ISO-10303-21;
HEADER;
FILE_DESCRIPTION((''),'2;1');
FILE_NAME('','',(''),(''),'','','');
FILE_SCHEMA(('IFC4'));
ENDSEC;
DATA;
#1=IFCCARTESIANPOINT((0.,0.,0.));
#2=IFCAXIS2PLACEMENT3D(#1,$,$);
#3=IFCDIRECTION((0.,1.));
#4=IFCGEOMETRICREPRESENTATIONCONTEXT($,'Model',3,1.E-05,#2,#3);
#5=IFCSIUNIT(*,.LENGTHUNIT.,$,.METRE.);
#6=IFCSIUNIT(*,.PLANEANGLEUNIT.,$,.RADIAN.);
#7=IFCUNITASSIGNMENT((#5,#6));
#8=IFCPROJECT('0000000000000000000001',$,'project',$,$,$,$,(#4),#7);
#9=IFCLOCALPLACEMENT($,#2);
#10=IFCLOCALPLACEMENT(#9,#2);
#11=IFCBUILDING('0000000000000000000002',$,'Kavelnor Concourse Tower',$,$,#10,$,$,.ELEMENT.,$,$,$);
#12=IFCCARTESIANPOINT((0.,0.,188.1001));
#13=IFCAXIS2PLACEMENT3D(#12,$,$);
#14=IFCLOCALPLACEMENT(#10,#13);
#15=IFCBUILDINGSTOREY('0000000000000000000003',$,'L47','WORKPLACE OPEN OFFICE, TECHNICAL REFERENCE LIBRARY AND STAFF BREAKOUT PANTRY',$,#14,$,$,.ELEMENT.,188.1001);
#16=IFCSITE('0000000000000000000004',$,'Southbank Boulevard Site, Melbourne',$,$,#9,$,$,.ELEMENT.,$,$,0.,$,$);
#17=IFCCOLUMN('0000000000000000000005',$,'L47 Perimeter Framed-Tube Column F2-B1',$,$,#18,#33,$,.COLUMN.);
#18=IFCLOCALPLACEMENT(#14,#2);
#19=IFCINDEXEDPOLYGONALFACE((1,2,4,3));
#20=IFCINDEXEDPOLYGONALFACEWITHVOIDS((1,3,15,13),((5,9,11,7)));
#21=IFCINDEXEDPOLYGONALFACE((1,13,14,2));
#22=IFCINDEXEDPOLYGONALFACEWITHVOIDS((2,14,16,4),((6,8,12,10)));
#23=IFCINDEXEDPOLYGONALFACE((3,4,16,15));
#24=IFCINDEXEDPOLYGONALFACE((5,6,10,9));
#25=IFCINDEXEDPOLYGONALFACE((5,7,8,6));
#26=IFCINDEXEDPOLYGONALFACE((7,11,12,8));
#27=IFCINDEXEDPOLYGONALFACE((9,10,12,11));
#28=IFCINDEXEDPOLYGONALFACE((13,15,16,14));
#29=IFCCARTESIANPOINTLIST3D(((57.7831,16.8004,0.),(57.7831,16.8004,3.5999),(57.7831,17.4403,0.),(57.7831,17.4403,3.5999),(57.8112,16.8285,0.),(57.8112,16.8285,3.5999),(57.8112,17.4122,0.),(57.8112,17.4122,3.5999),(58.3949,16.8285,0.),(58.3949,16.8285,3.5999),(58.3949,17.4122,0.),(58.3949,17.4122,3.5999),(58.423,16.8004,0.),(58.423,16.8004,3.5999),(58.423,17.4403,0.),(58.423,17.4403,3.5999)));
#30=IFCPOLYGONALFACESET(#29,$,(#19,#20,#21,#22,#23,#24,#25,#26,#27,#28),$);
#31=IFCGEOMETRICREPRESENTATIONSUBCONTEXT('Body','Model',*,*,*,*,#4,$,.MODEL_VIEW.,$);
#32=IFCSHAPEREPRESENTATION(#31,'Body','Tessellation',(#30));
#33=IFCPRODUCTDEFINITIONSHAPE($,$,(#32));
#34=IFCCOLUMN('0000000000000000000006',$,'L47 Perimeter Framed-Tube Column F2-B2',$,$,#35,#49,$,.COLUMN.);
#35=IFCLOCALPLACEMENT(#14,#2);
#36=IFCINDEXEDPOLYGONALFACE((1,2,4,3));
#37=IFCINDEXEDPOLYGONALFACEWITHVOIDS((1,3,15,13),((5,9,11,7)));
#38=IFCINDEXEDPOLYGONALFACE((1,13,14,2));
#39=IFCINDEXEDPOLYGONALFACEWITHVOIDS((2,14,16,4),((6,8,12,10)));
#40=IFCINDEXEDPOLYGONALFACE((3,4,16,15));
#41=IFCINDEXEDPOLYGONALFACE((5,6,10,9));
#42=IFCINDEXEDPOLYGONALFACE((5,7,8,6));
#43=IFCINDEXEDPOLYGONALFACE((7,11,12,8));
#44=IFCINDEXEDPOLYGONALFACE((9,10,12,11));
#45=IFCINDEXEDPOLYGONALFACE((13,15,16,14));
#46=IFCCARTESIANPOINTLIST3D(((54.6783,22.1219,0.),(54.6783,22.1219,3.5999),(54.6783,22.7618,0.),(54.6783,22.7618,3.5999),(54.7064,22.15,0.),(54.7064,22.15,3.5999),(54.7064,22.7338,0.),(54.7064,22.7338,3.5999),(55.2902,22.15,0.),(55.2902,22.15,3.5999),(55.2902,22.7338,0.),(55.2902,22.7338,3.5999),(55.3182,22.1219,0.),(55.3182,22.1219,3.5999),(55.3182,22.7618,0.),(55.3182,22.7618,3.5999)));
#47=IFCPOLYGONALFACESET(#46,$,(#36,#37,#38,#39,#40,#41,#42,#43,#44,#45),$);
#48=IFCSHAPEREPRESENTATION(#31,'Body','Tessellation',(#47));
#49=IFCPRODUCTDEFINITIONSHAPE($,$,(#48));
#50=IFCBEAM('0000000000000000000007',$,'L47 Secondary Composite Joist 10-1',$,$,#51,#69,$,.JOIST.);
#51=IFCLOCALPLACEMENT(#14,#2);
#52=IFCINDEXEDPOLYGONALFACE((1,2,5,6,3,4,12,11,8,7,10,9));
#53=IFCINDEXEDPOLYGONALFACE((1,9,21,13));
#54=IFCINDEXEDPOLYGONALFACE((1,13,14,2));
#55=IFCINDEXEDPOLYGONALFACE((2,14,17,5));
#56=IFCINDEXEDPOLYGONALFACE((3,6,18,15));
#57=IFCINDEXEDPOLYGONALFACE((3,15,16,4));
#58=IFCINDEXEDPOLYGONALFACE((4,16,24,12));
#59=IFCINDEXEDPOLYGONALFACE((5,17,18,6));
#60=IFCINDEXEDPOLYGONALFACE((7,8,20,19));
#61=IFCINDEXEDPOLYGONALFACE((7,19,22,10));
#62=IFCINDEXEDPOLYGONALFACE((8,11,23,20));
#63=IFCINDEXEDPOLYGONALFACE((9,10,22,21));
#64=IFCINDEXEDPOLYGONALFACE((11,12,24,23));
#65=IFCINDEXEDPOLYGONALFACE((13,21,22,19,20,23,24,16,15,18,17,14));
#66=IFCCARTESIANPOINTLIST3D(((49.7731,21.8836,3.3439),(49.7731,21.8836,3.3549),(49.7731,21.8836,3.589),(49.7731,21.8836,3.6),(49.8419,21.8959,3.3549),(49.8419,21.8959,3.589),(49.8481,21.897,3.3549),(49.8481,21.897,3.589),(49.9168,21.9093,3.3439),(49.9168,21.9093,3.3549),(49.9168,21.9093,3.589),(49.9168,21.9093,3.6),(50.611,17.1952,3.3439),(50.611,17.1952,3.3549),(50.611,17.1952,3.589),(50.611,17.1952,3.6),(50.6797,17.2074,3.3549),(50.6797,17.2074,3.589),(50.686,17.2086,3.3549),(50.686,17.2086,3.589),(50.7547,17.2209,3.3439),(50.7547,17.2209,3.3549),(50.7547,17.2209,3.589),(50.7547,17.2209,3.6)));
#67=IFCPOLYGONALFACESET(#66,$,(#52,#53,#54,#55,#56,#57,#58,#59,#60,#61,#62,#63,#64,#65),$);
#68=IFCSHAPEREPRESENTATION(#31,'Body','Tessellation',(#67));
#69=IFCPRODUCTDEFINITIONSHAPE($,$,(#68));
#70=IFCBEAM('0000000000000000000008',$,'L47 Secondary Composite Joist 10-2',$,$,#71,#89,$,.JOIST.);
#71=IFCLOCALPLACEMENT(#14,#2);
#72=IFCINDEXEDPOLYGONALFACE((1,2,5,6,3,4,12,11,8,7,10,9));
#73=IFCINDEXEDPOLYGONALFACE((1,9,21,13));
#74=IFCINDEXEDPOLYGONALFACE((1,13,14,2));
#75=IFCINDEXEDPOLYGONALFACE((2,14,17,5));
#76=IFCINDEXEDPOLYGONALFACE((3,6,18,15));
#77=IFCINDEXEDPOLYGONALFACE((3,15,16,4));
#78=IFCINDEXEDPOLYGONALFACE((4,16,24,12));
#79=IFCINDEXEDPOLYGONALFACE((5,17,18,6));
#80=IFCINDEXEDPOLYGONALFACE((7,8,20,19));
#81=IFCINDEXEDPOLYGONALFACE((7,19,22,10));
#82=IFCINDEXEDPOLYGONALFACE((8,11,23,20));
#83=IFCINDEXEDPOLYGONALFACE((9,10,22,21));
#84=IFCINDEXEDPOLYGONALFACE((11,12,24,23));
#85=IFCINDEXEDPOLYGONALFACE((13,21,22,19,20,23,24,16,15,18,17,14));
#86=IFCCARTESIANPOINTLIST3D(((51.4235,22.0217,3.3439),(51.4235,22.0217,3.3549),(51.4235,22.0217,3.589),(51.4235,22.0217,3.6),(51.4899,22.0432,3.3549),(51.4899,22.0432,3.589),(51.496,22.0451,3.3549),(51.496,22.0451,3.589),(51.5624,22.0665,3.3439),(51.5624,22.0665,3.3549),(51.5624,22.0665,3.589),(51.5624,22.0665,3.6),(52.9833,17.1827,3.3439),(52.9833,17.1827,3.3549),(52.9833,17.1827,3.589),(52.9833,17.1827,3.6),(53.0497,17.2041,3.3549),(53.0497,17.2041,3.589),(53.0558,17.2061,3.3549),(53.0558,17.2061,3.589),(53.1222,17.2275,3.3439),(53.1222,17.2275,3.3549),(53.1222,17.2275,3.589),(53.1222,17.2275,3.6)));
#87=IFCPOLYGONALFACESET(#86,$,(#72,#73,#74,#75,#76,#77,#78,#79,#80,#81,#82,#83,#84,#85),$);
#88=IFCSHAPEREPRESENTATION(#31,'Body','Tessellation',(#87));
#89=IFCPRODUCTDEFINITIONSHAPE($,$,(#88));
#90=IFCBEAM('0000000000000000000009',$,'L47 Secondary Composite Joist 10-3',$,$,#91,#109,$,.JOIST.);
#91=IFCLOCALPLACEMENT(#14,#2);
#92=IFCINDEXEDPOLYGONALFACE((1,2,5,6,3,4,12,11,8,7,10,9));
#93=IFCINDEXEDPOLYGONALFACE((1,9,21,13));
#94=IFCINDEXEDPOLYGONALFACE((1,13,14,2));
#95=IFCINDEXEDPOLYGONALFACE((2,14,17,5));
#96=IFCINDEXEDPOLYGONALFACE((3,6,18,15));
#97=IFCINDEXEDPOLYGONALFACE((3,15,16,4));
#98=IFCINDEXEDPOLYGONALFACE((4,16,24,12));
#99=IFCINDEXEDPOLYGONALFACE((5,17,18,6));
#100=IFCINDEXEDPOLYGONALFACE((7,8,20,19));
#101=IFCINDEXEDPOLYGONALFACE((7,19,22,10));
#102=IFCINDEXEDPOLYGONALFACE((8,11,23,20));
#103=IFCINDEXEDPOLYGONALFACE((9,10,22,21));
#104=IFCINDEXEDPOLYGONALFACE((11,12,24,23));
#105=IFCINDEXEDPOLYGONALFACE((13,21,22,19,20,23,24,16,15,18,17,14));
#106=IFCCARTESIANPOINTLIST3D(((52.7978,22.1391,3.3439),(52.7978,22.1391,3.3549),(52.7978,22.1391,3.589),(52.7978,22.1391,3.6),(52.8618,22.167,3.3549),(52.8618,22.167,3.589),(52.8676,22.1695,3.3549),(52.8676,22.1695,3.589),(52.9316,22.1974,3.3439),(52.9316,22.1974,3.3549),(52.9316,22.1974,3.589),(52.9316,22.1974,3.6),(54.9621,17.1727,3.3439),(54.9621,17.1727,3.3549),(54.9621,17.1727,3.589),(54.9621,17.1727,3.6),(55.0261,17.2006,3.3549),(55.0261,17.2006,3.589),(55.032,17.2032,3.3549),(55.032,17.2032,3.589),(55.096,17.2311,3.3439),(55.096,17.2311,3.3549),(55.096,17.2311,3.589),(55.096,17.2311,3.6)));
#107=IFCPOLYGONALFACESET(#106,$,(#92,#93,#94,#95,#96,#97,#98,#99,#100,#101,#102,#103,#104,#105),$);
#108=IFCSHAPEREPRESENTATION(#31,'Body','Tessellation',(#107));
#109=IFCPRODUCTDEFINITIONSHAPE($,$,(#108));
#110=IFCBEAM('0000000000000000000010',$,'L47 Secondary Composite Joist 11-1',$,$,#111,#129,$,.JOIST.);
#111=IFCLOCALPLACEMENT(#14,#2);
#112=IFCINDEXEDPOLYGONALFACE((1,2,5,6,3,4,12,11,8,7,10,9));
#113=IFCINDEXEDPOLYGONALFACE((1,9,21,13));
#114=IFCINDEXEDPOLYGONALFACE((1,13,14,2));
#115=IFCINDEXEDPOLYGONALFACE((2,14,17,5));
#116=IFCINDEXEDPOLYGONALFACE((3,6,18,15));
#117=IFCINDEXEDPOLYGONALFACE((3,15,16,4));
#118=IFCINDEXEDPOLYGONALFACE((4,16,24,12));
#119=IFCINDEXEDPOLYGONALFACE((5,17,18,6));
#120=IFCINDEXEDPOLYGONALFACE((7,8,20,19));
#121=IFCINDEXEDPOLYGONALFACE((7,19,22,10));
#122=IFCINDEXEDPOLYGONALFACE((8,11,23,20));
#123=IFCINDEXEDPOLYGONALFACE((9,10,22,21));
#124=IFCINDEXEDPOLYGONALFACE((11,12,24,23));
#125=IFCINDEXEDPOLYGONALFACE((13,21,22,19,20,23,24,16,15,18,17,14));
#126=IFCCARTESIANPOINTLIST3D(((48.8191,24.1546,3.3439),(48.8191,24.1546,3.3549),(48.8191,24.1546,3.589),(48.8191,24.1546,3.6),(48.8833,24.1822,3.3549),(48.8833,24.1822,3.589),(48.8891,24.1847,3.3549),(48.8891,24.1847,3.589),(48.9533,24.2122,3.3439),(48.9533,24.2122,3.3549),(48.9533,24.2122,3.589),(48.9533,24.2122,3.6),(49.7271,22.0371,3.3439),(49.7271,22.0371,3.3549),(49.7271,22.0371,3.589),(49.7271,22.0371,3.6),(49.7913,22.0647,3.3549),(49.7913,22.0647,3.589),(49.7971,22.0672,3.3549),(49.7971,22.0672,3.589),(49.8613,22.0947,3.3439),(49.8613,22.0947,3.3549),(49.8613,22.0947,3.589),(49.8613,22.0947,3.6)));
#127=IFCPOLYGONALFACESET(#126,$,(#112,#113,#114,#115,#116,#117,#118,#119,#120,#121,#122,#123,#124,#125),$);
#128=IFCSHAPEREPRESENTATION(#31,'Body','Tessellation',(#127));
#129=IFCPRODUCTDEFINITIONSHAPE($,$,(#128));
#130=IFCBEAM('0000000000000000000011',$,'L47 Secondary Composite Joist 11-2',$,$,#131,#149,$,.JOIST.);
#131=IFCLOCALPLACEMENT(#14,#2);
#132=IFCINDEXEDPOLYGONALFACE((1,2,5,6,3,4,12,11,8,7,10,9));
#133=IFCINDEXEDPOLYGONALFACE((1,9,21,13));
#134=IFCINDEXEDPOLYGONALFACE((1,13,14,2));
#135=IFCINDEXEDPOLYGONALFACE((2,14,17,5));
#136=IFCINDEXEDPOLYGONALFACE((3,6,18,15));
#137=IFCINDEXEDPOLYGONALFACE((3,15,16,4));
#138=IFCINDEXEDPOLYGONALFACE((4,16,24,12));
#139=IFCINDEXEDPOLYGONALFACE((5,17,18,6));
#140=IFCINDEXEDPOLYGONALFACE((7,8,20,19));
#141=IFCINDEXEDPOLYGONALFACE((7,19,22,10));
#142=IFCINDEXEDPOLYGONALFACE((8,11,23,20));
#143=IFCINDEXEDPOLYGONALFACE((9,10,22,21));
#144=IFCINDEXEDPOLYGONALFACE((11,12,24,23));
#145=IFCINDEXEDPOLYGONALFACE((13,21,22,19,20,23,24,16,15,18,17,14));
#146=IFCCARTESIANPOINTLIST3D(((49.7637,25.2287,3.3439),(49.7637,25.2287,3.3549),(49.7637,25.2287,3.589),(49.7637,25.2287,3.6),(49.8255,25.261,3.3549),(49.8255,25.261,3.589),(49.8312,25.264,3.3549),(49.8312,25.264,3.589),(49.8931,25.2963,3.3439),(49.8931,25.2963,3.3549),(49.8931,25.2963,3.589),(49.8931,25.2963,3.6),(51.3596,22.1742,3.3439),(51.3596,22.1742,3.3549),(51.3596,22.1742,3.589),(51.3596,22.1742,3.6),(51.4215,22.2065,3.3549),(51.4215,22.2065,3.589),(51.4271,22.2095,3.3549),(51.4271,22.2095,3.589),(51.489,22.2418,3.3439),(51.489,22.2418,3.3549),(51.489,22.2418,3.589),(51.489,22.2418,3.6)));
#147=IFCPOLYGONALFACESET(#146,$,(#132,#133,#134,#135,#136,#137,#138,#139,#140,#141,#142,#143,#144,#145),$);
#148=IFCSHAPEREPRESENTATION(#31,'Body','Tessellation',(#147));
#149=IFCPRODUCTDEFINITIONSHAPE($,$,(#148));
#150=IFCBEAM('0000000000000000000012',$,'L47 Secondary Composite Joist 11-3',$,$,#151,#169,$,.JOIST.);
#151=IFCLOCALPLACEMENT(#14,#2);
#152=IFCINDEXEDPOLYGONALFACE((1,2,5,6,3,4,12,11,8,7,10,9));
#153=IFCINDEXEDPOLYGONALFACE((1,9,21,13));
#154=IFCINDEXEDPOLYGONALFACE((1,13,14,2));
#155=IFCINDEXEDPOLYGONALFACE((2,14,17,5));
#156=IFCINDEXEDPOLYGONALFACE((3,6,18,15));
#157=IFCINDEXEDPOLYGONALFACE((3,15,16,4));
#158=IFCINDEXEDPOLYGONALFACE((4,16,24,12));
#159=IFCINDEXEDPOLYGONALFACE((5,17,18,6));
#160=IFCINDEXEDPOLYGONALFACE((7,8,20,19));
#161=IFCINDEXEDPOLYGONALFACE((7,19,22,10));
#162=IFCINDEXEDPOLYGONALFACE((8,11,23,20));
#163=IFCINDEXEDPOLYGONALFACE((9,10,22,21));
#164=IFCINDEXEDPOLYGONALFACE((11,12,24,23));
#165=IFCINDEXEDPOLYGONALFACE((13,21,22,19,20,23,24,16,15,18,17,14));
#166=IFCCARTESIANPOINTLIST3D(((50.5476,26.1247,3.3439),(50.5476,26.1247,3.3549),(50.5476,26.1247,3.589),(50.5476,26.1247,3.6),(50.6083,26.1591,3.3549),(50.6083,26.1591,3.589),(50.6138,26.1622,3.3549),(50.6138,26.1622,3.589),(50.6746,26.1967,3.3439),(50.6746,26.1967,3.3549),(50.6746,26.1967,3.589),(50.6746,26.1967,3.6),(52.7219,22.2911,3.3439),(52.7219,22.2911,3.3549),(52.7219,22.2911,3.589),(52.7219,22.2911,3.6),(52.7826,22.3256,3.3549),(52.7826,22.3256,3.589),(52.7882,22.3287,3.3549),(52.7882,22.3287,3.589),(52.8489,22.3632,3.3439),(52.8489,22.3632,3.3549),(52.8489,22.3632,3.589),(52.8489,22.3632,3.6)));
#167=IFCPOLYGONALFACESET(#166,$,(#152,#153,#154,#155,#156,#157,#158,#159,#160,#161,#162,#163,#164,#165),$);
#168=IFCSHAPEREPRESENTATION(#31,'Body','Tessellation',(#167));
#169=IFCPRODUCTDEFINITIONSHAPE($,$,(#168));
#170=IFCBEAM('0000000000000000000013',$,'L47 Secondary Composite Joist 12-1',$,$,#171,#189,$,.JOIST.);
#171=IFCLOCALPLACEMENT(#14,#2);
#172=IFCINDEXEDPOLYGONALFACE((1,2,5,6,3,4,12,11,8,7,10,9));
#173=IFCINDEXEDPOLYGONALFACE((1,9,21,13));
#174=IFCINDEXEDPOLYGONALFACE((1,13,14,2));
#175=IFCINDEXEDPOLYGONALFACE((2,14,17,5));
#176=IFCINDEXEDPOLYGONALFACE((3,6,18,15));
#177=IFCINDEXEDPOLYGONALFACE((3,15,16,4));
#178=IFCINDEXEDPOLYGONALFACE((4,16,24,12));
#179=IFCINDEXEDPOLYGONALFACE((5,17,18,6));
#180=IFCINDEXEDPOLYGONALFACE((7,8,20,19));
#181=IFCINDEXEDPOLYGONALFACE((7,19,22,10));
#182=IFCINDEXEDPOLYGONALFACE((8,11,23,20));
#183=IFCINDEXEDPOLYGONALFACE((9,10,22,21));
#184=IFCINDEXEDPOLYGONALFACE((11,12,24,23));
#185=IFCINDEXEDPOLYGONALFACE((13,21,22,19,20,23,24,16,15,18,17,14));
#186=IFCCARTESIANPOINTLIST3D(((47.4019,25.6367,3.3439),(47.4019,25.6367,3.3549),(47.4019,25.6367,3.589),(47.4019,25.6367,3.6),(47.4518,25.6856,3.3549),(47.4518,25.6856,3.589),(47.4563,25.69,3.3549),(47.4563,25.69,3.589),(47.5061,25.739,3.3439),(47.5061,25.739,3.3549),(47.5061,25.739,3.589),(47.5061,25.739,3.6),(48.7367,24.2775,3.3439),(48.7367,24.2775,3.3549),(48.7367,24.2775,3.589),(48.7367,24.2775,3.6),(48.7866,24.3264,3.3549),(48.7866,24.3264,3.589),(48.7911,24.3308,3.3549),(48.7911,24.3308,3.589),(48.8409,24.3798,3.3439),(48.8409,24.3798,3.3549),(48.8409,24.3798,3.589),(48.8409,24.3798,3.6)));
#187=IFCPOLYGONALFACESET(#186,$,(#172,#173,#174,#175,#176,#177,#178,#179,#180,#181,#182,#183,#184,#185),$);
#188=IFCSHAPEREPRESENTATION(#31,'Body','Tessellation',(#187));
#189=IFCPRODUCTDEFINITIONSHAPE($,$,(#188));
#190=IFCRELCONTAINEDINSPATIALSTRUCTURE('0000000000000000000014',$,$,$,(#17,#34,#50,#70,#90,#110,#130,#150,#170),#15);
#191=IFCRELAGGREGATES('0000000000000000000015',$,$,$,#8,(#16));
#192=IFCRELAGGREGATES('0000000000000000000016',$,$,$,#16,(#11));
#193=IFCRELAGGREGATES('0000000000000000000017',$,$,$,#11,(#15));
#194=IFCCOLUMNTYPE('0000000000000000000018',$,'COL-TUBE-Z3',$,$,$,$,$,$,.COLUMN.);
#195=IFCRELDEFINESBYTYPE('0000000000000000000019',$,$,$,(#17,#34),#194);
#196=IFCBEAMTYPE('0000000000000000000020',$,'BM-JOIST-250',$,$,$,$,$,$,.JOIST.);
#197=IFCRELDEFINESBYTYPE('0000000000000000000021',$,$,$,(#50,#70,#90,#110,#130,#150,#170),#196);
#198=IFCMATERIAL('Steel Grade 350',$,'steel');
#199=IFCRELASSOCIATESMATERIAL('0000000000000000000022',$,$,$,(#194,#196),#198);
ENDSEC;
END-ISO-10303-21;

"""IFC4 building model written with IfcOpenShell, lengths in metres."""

from ifc_helpers import new_model, si_unit, direction, frame, origin, origin_2d, place, context, subcontext, project, spatial, hollow_rectangle, i_section, extrude, material, material_profile, profile_set, type_object, element, save


model = new_model("IFC4")

# Units and contexts
model_context = context("Model", 3, precision=1e-05, world=origin(), true_north=direction((0.0, 1.0)))
body_context = subcontext(model_context, "Body", "Model", "MODEL_VIEW")
ifc_project = project(units=[si_unit("LENGTHUNIT", "METRE"), si_unit("PLANEANGLEUNIT", "RADIAN")], contexts=[model_context])

# Site, building, storey
site_placement = place(None, origin())
site = spatial("IfcSite", under=ifc_project, at=site_placement, Name="Southbank Boulevard Site, Melbourne", CompositionType="ELEMENT", RefElevation=0.0)
building_placement = place(site_placement, origin())
building = spatial("IfcBuilding", under=site, at=building_placement, Name="Kavelnor Concourse Tower", CompositionType="ELEMENT")
storey_placement = place(building_placement, frame((0.0, 0.0, 188.1001)))
storey = spatial("IfcBuildingStorey", under=building, at=storey_placement, Name="L47", Description="WORKPLACE OPEN OFFICE, TECHNICAL REFERENCE LIBRARY AND STAFF BREAKOUT PANTRY", CompositionType="ELEMENT", Elevation=188.1001)

# Columns
ifc_material_1 = material(Name="Steel Grade 350", Category="steel")
ifc_material_profile_1 = material_profile(ifc_material_1, hollow_rectangle(XDim=0.6399, YDim=0.6399, WallThickness=0.0281, at=origin_2d()), Name="SHS 640x640x28")
ifc_profile_set_1 = profile_set([ifc_material_profile_1], Name="Steel Grade 350")
column_type = type_object("IfcColumnType", Name="COL-TUBE-Z3", PredefinedType="COLUMN", material=ifc_profile_set_1)
for number, where, z_axis, x_axis, name in (
    (1, (58.103, 17.1204, 0.0), (0.0, 0.0, 1.0), (1.0, 0.0, 0.0), "L47 Perimeter Framed-Tube Column F2-B1"),
    (2, (54.9983, 22.4419, 0.0), (0.0, 0.0, 1.0), (1.0, 0.0, 0.0), "L47 Perimeter Framed-Tube Column F2-B2"),
):
    element("IfcColumn", number, at=place(storey_placement, frame(where, z_axis=z_axis, x_axis=x_axis)), inside=storey, type_object=column_type, Name=name, PredefinedType="COLUMN", context=body_context, shape_type="SweptSolid", body=[
        extrude(hollow_rectangle(XDim=0.6399, YDim=0.6399, WallThickness=0.0281, at=origin_2d()), origin(), (0.0, 0.0, 1.0), 3.5999),
    ])

# Beams
ifc_material_profile_2 = material_profile(ifc_material_1, i_section(OverallWidth=0.146, OverallDepth=0.2561, WebThickness=0.0063, FlangeThickness=0.011, at=origin_2d()), Name="250UB37")
ifc_profile_set_2 = profile_set([ifc_material_profile_2], Name="Steel Grade 350")
beam_type_1 = type_object("IfcBeamType", Name="BM-JOIST-250", PredefinedType="JOIST", material=ifc_profile_set_2)
beam_1_placement = place(storey_placement, frame((50.6829, 17.208, 3.4719), z_axis=(-0.175925, 0.984403, 0.0), x_axis=(-0.984403, -0.175925, 0.0)))
element("IfcBeam", 3, at=beam_1_placement, inside=storey, type_object=beam_type_1, Name="L47 Secondary Composite Joist 10-1", PredefinedType="JOIST", context=body_context, shape_type="SweptSolid", body=[
    extrude(i_section(OverallWidth=0.146, OverallDepth=0.2561, WebThickness=0.0063, FlangeThickness=0.011, at=origin_2d()), origin(), (0.0, 0.0, 1.0), 4.7627),
])
beam_2_placement = place(storey_placement, frame((53.0527, 17.2051, 3.4719), z_axis=(-0.306791, 0.951777, 0.0), x_axis=(-0.951777, -0.306791, 0.0)))
element("IfcBeam", 4, at=beam_2_placement, inside=storey, type_object=beam_type_1, Name="L47 Secondary Composite Joist 10-2", PredefinedType="JOIST", context=body_context, shape_type="SweptSolid", body=[
    extrude(i_section(OverallWidth=0.146, OverallDepth=0.2561, WebThickness=0.0063, FlangeThickness=0.011, at=origin_2d()), origin(), (0.0, 0.0, 1.0), 5.0842),
])
beam_3_placement = place(storey_placement, frame((55.0291, 17.2019, 3.4719), z_axis=(-0.399509, 0.916729, 0.0), x_axis=(-0.916729, -0.399509, 0.0)))
element("IfcBeam", 5, at=beam_3_placement, inside=storey, type_object=beam_type_1, Name="L47 Secondary Composite Joist 10-3", PredefinedType="JOIST", context=body_context, shape_type="SweptSolid", body=[
    extrude(i_section(OverallWidth=0.146, OverallDepth=0.2561, WebThickness=0.0063, FlangeThickness=0.011, at=origin_2d()), origin(), (0.0, 0.0, 1.0), 5.4175),
])
beam_4_placement = place(storey_placement, frame((49.7942, 22.0659, 3.4719), z_axis=(-0.394098, 0.919068, 0.0), x_axis=(-0.919068, -0.394098, 0.0)))
element("IfcBeam", 6, at=beam_4_placement, inside=storey, type_object=beam_type_1, Name="L47 Secondary Composite Joist 11-1", PredefinedType="JOIST", context=body_context, shape_type="SweptSolid", body=[
    extrude(i_section(OverallWidth=0.146, OverallDepth=0.2561, WebThickness=0.0063, FlangeThickness=0.011, at=origin_2d()), origin(), (0.0, 0.0, 1.0), 2.304),
])
beam_5_placement = place(storey_placement, frame((51.4243, 22.208, 3.4719), z_axis=(-0.463096, 0.886308, 0.0), x_axis=(-0.886308, -0.463096, 0.0)))
element("IfcBeam", 7, at=beam_5_placement, inside=storey, type_object=beam_type_1, Name="L47 Secondary Composite Joist 11-2", PredefinedType="JOIST", context=body_context, shape_type="SweptSolid", body=[
    extrude(i_section(OverallWidth=0.146, OverallDepth=0.2561, WebThickness=0.0063, FlangeThickness=0.011, at=origin_2d()), origin(), (0.0, 0.0, 1.0), 3.4463),
])
beam_6_placement = place(storey_placement, frame((52.7854, 22.3271, 3.4719), z_axis=(-0.493356, 0.869827, 0.0), x_axis=(-0.869827, -0.493356, 0.0)))
element("IfcBeam", 8, at=beam_6_placement, inside=storey, type_object=beam_type_1, Name="L47 Secondary Composite Joist 11-3", PredefinedType="JOIST", context=body_context, shape_type="SweptSolid", body=[
    extrude(i_section(OverallWidth=0.146, OverallDepth=0.2561, WebThickness=0.0063, FlangeThickness=0.011, at=origin_2d()), origin(), (0.0, 0.0, 1.0), 4.4072),
])
beam_7_placement = place(storey_placement, frame((48.7888, 24.3286, 3.4719), z_axis=(-0.70067, 0.713486, 0.0), x_axis=(-0.713486, -0.70067, 0.0)))
element("IfcBeam", 9, at=beam_7_placement, inside=storey, type_object=beam_type_1, Name="L47 Secondary Composite Joist 12-1", PredefinedType="JOIST", context=body_context, shape_type="SweptSolid", body=[
    extrude(i_section(OverallWidth=0.146, OverallDepth=0.2561, WebThickness=0.0063, FlangeThickness=0.011, at=origin_2d()), origin(), (0.0, 0.0, 1.0), 1.905),
])

save(model, "model.ifc")
